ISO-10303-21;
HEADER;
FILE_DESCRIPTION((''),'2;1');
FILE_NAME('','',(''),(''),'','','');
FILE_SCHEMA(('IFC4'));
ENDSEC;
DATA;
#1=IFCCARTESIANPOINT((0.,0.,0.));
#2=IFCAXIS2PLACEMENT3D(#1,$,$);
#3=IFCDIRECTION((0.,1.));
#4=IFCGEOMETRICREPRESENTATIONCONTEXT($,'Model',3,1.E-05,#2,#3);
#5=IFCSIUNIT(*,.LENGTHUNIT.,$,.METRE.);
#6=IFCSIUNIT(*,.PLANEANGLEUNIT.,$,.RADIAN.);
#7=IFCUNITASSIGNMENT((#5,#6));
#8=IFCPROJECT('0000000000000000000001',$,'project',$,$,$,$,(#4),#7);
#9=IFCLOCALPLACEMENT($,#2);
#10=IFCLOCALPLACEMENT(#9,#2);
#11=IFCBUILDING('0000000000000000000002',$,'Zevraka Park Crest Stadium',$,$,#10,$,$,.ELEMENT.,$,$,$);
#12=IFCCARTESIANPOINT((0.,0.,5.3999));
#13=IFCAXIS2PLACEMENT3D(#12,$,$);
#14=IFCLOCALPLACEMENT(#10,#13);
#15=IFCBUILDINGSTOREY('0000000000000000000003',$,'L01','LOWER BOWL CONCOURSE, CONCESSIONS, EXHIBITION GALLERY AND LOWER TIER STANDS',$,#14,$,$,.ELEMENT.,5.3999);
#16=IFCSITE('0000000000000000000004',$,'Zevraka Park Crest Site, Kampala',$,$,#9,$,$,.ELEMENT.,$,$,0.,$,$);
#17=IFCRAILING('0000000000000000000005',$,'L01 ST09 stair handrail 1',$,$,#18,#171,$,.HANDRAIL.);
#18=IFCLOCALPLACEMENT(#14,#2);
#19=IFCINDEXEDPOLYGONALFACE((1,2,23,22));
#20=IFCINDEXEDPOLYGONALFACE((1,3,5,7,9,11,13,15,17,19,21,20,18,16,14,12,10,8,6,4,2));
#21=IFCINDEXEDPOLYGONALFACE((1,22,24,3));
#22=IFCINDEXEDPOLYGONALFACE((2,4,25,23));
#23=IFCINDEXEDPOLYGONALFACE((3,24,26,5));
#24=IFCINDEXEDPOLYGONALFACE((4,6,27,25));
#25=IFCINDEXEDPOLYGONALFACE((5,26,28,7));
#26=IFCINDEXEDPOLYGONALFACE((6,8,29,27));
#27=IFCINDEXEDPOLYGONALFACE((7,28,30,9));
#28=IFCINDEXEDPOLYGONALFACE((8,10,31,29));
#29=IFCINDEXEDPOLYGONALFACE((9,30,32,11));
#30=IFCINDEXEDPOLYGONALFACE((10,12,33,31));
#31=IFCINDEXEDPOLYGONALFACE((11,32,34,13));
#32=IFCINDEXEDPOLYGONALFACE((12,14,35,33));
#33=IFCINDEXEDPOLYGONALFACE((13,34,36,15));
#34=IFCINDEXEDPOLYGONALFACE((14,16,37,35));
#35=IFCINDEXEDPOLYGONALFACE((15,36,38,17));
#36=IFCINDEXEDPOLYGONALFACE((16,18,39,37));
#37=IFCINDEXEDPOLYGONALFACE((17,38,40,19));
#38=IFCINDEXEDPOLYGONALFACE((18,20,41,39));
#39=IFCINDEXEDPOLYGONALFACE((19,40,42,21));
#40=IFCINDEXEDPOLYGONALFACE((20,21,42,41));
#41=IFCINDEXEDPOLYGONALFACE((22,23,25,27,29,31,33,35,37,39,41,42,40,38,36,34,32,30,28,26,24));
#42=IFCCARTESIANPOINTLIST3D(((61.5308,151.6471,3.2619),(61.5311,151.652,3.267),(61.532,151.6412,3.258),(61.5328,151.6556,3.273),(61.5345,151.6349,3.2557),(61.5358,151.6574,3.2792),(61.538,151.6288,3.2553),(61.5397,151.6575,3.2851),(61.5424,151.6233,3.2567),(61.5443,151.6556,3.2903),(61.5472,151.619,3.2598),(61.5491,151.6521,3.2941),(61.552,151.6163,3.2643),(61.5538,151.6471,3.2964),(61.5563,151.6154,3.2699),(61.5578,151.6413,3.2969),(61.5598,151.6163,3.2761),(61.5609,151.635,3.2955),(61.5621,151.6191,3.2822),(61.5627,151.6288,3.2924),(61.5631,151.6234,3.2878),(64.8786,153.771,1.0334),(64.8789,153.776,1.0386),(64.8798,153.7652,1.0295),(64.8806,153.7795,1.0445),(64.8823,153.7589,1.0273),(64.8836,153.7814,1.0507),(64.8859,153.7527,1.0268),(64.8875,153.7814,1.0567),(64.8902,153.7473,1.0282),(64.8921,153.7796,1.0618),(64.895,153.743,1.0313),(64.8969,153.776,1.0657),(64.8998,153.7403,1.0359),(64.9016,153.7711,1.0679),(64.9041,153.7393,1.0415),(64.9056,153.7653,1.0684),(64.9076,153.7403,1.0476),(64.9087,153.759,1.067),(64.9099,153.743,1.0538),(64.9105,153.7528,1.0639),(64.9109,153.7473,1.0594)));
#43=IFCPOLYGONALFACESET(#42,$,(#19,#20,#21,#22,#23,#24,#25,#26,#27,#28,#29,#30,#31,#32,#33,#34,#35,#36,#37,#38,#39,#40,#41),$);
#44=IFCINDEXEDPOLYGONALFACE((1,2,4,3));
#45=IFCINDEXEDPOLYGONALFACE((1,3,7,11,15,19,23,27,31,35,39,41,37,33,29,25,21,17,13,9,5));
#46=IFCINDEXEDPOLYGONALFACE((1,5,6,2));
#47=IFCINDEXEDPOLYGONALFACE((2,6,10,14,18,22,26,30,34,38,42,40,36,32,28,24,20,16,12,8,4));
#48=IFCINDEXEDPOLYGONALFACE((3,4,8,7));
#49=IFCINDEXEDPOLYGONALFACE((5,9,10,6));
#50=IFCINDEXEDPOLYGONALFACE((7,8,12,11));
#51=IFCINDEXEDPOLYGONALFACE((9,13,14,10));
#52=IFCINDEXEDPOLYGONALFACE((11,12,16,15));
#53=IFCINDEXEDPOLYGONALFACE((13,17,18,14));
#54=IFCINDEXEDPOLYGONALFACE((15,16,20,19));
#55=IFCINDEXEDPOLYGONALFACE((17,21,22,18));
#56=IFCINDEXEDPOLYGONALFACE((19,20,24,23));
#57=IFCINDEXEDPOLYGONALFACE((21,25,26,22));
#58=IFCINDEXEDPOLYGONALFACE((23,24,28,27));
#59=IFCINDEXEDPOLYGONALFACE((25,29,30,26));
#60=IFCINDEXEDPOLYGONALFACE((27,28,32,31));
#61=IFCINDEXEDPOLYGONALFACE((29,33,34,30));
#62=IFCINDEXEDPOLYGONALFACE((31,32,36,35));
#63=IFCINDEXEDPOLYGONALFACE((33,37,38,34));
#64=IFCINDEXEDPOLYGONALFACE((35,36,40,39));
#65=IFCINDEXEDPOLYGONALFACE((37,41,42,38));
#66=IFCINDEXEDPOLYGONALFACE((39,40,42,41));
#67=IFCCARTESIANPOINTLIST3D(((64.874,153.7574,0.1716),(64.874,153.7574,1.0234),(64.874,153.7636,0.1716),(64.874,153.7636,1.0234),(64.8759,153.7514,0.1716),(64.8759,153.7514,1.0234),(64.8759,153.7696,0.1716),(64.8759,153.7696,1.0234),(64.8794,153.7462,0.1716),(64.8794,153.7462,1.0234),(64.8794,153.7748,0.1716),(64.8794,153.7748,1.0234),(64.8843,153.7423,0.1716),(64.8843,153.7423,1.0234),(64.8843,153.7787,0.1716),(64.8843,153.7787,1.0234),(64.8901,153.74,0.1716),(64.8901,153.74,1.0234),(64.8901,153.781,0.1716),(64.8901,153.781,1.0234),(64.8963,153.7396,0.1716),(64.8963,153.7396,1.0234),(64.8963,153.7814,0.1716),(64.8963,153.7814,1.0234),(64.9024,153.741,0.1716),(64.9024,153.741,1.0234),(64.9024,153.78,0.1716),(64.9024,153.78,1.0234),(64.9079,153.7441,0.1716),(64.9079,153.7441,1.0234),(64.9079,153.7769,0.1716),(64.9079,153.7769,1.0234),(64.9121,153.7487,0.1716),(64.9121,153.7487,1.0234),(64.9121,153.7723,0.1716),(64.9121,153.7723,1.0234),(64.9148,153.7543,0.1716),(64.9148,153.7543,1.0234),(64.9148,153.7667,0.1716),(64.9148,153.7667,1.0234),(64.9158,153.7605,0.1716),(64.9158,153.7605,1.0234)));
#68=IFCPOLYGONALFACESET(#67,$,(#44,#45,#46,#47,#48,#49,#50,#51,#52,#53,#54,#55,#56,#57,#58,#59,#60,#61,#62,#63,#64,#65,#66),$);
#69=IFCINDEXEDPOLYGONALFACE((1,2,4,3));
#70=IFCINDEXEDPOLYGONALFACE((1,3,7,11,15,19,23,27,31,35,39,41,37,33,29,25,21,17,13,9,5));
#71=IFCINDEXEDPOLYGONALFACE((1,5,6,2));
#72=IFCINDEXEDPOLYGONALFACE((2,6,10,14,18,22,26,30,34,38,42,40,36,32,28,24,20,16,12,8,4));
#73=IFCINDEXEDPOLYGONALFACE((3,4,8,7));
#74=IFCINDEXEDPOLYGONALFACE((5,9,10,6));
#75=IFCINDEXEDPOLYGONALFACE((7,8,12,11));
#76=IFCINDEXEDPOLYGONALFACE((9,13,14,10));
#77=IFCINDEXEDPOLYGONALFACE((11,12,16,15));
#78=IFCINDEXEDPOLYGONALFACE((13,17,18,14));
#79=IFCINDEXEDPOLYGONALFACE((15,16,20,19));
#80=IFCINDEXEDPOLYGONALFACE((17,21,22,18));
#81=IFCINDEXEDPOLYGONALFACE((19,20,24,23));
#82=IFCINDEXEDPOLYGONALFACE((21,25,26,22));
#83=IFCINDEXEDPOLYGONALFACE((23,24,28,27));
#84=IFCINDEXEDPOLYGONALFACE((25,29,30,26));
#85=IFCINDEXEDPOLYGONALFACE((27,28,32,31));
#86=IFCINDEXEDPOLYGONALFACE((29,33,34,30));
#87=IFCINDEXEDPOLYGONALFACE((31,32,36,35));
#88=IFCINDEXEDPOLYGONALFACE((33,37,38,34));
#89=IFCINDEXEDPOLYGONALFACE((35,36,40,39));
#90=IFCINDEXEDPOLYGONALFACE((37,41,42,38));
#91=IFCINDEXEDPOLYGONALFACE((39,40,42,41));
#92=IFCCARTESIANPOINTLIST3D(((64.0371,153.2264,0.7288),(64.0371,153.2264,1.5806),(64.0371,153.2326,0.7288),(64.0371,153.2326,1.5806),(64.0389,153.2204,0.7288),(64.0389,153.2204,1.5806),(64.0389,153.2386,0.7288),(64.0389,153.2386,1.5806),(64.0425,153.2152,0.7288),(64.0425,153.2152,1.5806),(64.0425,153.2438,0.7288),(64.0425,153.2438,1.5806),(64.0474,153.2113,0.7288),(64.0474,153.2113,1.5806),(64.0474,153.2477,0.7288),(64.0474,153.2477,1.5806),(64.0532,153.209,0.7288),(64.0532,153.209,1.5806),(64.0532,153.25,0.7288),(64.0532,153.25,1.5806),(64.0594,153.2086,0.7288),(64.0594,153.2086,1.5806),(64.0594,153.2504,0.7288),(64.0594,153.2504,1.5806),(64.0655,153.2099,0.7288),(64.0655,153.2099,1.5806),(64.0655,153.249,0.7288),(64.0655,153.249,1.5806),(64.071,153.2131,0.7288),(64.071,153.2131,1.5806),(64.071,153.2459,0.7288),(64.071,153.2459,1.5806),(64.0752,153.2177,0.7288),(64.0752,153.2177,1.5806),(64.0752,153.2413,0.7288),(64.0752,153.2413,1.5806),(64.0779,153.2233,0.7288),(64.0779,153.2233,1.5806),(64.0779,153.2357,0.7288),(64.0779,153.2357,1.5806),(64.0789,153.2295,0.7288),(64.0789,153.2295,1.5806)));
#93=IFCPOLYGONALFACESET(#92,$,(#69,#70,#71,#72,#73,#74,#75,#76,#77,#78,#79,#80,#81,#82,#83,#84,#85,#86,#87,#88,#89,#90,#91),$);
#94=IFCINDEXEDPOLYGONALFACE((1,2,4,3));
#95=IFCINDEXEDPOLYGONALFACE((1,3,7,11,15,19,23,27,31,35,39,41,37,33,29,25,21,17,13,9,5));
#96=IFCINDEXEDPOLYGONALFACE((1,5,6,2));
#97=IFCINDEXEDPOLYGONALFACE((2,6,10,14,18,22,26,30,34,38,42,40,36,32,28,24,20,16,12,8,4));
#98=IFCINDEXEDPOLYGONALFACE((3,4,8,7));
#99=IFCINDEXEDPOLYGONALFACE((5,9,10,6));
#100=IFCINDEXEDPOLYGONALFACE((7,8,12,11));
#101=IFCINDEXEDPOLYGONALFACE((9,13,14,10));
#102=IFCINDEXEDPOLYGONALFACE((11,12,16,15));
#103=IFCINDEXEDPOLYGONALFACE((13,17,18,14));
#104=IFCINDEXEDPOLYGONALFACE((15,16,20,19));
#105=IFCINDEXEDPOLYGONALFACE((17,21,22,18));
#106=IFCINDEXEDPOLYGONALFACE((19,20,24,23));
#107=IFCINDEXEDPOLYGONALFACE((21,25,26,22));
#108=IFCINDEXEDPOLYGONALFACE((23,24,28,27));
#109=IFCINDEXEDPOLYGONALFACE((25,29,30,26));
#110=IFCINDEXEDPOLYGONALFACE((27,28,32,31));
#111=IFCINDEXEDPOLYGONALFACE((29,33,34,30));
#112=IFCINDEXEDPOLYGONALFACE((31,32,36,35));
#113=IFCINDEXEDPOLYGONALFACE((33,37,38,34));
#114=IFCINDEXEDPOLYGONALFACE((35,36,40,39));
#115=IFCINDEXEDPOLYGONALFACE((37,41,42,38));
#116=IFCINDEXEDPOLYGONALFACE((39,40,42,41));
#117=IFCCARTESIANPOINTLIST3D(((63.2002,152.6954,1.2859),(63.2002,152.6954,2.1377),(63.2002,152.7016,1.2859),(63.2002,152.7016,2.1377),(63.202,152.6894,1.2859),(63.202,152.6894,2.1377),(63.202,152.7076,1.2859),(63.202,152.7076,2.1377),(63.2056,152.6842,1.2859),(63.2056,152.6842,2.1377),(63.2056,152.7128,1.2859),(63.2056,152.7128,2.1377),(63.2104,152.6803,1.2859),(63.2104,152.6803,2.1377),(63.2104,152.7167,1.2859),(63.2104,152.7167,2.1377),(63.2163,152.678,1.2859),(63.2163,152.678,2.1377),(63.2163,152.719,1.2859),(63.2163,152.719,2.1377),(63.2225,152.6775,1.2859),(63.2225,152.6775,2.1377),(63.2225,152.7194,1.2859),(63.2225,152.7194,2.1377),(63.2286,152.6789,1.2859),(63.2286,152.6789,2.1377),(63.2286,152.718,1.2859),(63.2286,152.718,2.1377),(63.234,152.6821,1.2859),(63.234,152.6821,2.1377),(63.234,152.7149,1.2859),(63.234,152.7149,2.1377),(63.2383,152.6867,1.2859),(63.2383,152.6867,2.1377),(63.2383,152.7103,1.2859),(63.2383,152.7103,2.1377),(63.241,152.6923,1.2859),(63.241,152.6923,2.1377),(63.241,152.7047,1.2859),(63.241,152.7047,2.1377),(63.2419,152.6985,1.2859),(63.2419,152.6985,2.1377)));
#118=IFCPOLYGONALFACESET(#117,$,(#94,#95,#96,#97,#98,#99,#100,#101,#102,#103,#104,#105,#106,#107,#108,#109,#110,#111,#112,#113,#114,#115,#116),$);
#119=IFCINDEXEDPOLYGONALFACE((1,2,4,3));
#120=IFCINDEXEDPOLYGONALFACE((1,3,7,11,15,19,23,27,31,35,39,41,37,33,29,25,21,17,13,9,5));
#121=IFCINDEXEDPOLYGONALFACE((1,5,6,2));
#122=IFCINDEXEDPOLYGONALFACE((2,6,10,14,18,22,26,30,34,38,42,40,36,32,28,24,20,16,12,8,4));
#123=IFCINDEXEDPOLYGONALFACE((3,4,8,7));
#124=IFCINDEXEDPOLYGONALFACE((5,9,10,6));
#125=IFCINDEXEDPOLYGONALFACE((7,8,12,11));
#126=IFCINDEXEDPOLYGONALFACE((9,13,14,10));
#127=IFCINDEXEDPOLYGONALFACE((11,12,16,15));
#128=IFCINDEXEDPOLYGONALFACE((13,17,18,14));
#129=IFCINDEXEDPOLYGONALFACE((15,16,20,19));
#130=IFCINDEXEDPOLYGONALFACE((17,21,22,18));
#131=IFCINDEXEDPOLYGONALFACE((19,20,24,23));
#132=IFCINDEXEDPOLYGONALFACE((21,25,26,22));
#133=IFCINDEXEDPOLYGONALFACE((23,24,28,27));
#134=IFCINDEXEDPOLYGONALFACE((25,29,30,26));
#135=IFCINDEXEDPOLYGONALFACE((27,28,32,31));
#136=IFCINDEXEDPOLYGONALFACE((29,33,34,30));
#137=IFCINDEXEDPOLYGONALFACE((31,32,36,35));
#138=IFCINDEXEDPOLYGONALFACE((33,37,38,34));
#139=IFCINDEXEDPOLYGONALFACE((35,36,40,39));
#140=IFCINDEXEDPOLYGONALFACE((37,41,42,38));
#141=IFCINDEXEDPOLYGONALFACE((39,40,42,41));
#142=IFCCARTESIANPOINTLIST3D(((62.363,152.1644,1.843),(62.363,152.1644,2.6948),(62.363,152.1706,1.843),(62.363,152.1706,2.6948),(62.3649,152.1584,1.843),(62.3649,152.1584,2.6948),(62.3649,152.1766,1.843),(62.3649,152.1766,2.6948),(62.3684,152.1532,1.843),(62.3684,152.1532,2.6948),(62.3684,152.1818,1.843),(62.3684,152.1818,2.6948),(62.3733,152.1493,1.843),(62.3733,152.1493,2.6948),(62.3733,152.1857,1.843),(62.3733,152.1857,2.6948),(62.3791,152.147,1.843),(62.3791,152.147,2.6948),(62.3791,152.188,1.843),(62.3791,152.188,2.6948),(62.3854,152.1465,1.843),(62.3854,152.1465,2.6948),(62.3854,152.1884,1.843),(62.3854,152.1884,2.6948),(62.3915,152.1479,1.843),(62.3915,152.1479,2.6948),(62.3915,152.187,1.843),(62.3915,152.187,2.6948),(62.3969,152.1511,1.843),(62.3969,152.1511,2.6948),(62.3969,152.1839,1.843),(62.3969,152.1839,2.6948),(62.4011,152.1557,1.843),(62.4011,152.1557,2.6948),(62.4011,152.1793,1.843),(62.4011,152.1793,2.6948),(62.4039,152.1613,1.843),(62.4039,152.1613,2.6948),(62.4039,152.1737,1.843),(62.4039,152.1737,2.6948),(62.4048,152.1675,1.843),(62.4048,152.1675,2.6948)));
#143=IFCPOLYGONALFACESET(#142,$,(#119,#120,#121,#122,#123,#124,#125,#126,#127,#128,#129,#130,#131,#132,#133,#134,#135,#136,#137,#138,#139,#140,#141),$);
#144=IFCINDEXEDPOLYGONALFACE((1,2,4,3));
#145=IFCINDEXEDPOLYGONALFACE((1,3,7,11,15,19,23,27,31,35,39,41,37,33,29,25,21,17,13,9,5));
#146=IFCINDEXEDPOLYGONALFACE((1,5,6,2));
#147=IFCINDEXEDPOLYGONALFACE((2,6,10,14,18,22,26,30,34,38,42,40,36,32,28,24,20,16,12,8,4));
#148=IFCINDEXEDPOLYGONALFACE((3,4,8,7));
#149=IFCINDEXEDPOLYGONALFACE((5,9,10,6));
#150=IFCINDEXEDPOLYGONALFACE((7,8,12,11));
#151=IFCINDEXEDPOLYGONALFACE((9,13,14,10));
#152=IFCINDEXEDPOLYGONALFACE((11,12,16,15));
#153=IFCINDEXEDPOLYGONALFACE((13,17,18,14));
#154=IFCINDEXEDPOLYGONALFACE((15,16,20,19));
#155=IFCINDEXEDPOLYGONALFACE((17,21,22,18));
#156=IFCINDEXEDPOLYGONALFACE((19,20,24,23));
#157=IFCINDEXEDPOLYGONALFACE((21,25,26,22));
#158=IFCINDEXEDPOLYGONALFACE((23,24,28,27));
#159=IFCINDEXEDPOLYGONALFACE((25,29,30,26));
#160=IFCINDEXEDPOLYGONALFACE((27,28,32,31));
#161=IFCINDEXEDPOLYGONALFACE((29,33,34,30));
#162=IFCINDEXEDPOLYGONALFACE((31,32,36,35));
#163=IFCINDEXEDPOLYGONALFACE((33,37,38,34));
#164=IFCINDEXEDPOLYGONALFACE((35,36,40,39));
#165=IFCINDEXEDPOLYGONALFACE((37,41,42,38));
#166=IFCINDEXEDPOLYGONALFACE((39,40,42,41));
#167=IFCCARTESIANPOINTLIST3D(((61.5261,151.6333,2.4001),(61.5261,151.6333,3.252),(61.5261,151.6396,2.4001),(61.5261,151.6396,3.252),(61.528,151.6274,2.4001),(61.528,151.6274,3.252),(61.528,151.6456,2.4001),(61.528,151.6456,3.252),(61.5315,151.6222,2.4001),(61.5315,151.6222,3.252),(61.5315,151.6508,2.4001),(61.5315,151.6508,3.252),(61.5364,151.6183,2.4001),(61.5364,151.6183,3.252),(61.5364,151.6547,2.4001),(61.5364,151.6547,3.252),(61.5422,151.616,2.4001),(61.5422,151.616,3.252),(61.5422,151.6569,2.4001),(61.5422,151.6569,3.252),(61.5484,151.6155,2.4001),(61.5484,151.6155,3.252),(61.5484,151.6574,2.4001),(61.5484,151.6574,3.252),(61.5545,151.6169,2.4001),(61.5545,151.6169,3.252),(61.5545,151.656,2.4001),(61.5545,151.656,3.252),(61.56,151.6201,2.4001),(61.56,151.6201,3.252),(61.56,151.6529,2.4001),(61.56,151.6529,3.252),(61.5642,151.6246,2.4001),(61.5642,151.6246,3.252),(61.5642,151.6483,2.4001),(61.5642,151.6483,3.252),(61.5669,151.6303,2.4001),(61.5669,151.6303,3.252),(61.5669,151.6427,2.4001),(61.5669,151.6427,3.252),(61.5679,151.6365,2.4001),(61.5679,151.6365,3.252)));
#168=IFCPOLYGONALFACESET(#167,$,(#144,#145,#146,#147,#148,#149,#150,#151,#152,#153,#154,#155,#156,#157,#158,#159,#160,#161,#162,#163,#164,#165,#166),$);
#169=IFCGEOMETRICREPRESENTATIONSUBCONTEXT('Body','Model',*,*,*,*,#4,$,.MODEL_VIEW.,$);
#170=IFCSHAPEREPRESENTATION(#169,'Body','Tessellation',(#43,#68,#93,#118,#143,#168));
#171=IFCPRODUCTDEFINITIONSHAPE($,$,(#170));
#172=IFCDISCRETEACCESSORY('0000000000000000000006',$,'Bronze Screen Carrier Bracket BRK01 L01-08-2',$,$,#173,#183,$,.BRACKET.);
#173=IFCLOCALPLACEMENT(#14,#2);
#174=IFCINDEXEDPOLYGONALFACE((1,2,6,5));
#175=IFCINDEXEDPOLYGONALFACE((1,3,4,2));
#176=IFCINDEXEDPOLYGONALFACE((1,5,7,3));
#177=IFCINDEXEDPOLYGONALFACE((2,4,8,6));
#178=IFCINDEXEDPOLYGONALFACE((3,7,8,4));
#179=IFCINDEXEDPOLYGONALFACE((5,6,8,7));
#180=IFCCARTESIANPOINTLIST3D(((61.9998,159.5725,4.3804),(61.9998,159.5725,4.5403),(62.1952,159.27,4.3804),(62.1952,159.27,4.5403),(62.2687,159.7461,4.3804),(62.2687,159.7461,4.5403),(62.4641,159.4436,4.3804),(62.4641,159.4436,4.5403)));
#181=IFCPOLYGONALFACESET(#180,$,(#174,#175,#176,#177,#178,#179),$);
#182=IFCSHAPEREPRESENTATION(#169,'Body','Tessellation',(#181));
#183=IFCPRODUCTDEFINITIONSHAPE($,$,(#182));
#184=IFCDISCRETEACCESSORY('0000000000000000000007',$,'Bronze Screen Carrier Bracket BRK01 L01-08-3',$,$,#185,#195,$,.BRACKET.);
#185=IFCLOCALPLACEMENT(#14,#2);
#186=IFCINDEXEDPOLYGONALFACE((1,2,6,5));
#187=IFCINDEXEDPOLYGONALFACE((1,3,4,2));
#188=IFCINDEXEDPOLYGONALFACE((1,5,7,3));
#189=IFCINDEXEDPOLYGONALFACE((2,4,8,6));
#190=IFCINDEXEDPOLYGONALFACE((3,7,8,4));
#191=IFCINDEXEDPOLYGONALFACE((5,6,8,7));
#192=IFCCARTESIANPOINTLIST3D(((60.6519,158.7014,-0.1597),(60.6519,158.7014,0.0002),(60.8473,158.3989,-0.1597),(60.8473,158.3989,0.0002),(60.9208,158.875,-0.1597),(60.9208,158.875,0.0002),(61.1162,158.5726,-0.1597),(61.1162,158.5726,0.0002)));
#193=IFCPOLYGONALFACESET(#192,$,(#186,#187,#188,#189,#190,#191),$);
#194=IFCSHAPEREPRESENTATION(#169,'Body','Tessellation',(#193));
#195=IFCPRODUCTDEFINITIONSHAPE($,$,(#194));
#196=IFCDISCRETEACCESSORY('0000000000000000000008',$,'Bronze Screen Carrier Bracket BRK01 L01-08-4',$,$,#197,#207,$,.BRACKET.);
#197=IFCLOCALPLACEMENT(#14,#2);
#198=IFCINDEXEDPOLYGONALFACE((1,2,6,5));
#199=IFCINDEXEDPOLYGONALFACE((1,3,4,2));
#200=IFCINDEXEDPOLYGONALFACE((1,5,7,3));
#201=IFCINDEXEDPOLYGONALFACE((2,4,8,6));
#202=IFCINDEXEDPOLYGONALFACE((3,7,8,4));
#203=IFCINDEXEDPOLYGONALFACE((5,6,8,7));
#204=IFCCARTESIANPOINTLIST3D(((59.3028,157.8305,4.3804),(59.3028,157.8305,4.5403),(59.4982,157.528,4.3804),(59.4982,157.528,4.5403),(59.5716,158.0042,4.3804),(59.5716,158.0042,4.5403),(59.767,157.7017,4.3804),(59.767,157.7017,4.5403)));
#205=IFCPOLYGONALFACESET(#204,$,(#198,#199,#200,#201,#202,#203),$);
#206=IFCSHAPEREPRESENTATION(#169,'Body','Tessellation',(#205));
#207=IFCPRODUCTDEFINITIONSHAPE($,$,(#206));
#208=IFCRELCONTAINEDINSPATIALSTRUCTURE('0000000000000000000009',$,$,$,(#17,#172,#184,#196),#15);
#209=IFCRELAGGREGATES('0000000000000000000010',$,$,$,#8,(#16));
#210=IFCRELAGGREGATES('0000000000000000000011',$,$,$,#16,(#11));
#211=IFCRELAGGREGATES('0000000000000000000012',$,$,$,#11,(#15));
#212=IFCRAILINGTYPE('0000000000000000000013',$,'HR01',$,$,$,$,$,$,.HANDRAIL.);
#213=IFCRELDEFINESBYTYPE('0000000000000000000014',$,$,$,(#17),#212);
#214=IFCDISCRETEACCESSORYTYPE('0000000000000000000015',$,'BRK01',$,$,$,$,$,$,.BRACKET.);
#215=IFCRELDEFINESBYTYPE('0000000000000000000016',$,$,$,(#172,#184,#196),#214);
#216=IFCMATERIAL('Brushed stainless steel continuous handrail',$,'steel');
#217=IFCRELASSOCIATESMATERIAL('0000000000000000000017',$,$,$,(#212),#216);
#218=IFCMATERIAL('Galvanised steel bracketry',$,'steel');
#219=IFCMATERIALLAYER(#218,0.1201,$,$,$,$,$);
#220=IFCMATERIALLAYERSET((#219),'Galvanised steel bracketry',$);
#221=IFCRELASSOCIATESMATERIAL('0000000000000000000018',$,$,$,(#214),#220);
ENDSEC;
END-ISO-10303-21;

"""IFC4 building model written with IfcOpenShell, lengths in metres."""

from ifc_helpers import new_model, si_unit, direction, frame, origin, origin_2d, place, context, subcontext, project, spatial, rectangle, circle, extrude, material, layer, layer_set, type_object, element, save


model = new_model("IFC4")

# Units and contexts
model_context = context("Model", 3, precision=1e-05, world=origin(), true_north=direction((0.0, 1.0)))
body_context = subcontext(model_context, "Body", "Model", "MODEL_VIEW")
ifc_project = project(units=[si_unit("LENGTHUNIT", "METRE"), si_unit("PLANEANGLEUNIT", "RADIAN")], contexts=[model_context])

# Site, building, storey
site_placement = place(None, origin())
site = spatial("IfcSite", under=ifc_project, at=site_placement, Name="Zevraka Park Crest Site, Kampala", CompositionType="ELEMENT", RefElevation=0.0)
building_placement = place(site_placement, origin())
building = spatial("IfcBuilding", under=site, at=building_placement, Name="Zevraka Park Crest Stadium", CompositionType="ELEMENT")
storey_placement = place(building_placement, frame((0.0, 0.0, 5.3999)))
storey = spatial("IfcBuildingStorey", under=building, at=storey_placement, Name="L01", Description="LOWER BOWL CONCOURSE, CONCESSIONS, EXHIBITION GALLERY AND LOWER TIER STANDS", CompositionType="ELEMENT", Elevation=5.3999)

# Railing
ifc_material_1 = material(Name="Brushed stainless steel continuous handrail", Category="steel")
railing_type = type_object("IfcRailingType", Name="HR01", PredefinedType="HANDRAIL", material=ifc_material_1)
railing_placement = place(storey_placement, frame((64.8948, 153.7605, 0.1716)))
element("IfcRailing", 1, at=railing_placement, inside=storey, type_object=railing_type, Name="L01 ST09 stair handrail 1", PredefinedType="HANDRAIL", context=body_context, shape_type="SweptSolid", body=[
    extrude(circle(Radius=0.0239, at=origin_2d()), frame((0.0, 0.0, 0.876), z_axis=(-0.736092, -0.467002, 0.489977), x_axis=(0.535716, -0.844399, 0.0)), (0.0, 0.0, 1.0), 4.5481),
    extrude(circle(Radius=0.021, at=origin_2d()), origin(), (0.0, 0.0, 1.0), 0.8518),
    extrude(circle(Radius=0.021, at=origin_2d()), frame((-0.8369, -0.531, 0.5571)), (0.0, 0.0, 1.0), 0.8518),
    extrude(circle(Radius=0.021, at=origin_2d()), frame((-1.6738, -1.062, 1.1143)), (0.0, 0.0, 1.0), 0.8518),
    extrude(circle(Radius=0.021, at=origin_2d()), frame((-2.511, -1.593, 1.6714)), (0.0, 0.0, 1.0), 0.8518),
    extrude(circle(Radius=0.021, at=origin_2d()), frame((-3.3479, -2.124, 2.2285)), (0.0, 0.0, 1.0), 0.8518),
])

# Discrete accessories
ifc_material_2 = material(Name="Galvanised steel bracketry", Category="steel")
ifc_layer_1 = layer(ifc_material_2, 0.1201)
ifc_layer_set_1 = layer_set([ifc_layer_1], Name="Galvanised steel bracketry")
discrete_accessory_type = type_object("IfcDiscreteAccessoryType", Name="BRK01", PredefinedType="BRACKET", material=ifc_layer_set_1)
for number, where, z_axis, x_axis, name in (
    (2, (62.2319, 159.5081, 4.3804), (0.0, 0.0, 1.0), (-0.839999, -0.542588, 0.0), "Bronze Screen Carrier Bracket BRK01 L01-08-2"),
    (3, (60.884, 158.637, -0.1597), (0.0, 0.0, 1.0), (-0.839999, -0.542588, 0.0), "Bronze Screen Carrier Bracket BRK01 L01-08-3"),
    (4, (59.5349, 157.7661, 4.3804), (0.0, 0.0, 1.0), (-0.839999, -0.542588, 0.0), "Bronze Screen Carrier Bracket BRK01 L01-08-4"),
):
    element("IfcDiscreteAccessory", number, at=place(storey_placement, frame(where, z_axis=z_axis, x_axis=x_axis)), inside=storey, type_object=discrete_accessory_type, Name=name, PredefinedType="BRACKET", context=body_context, shape_type="SweptSolid", body=[
        extrude(rectangle(XDim=0.3201, YDim=0.3601, at=origin_2d()), origin(), (0.0, 0.0, 1.0), 0.1599),
    ])

save(model, "model.ifc")
